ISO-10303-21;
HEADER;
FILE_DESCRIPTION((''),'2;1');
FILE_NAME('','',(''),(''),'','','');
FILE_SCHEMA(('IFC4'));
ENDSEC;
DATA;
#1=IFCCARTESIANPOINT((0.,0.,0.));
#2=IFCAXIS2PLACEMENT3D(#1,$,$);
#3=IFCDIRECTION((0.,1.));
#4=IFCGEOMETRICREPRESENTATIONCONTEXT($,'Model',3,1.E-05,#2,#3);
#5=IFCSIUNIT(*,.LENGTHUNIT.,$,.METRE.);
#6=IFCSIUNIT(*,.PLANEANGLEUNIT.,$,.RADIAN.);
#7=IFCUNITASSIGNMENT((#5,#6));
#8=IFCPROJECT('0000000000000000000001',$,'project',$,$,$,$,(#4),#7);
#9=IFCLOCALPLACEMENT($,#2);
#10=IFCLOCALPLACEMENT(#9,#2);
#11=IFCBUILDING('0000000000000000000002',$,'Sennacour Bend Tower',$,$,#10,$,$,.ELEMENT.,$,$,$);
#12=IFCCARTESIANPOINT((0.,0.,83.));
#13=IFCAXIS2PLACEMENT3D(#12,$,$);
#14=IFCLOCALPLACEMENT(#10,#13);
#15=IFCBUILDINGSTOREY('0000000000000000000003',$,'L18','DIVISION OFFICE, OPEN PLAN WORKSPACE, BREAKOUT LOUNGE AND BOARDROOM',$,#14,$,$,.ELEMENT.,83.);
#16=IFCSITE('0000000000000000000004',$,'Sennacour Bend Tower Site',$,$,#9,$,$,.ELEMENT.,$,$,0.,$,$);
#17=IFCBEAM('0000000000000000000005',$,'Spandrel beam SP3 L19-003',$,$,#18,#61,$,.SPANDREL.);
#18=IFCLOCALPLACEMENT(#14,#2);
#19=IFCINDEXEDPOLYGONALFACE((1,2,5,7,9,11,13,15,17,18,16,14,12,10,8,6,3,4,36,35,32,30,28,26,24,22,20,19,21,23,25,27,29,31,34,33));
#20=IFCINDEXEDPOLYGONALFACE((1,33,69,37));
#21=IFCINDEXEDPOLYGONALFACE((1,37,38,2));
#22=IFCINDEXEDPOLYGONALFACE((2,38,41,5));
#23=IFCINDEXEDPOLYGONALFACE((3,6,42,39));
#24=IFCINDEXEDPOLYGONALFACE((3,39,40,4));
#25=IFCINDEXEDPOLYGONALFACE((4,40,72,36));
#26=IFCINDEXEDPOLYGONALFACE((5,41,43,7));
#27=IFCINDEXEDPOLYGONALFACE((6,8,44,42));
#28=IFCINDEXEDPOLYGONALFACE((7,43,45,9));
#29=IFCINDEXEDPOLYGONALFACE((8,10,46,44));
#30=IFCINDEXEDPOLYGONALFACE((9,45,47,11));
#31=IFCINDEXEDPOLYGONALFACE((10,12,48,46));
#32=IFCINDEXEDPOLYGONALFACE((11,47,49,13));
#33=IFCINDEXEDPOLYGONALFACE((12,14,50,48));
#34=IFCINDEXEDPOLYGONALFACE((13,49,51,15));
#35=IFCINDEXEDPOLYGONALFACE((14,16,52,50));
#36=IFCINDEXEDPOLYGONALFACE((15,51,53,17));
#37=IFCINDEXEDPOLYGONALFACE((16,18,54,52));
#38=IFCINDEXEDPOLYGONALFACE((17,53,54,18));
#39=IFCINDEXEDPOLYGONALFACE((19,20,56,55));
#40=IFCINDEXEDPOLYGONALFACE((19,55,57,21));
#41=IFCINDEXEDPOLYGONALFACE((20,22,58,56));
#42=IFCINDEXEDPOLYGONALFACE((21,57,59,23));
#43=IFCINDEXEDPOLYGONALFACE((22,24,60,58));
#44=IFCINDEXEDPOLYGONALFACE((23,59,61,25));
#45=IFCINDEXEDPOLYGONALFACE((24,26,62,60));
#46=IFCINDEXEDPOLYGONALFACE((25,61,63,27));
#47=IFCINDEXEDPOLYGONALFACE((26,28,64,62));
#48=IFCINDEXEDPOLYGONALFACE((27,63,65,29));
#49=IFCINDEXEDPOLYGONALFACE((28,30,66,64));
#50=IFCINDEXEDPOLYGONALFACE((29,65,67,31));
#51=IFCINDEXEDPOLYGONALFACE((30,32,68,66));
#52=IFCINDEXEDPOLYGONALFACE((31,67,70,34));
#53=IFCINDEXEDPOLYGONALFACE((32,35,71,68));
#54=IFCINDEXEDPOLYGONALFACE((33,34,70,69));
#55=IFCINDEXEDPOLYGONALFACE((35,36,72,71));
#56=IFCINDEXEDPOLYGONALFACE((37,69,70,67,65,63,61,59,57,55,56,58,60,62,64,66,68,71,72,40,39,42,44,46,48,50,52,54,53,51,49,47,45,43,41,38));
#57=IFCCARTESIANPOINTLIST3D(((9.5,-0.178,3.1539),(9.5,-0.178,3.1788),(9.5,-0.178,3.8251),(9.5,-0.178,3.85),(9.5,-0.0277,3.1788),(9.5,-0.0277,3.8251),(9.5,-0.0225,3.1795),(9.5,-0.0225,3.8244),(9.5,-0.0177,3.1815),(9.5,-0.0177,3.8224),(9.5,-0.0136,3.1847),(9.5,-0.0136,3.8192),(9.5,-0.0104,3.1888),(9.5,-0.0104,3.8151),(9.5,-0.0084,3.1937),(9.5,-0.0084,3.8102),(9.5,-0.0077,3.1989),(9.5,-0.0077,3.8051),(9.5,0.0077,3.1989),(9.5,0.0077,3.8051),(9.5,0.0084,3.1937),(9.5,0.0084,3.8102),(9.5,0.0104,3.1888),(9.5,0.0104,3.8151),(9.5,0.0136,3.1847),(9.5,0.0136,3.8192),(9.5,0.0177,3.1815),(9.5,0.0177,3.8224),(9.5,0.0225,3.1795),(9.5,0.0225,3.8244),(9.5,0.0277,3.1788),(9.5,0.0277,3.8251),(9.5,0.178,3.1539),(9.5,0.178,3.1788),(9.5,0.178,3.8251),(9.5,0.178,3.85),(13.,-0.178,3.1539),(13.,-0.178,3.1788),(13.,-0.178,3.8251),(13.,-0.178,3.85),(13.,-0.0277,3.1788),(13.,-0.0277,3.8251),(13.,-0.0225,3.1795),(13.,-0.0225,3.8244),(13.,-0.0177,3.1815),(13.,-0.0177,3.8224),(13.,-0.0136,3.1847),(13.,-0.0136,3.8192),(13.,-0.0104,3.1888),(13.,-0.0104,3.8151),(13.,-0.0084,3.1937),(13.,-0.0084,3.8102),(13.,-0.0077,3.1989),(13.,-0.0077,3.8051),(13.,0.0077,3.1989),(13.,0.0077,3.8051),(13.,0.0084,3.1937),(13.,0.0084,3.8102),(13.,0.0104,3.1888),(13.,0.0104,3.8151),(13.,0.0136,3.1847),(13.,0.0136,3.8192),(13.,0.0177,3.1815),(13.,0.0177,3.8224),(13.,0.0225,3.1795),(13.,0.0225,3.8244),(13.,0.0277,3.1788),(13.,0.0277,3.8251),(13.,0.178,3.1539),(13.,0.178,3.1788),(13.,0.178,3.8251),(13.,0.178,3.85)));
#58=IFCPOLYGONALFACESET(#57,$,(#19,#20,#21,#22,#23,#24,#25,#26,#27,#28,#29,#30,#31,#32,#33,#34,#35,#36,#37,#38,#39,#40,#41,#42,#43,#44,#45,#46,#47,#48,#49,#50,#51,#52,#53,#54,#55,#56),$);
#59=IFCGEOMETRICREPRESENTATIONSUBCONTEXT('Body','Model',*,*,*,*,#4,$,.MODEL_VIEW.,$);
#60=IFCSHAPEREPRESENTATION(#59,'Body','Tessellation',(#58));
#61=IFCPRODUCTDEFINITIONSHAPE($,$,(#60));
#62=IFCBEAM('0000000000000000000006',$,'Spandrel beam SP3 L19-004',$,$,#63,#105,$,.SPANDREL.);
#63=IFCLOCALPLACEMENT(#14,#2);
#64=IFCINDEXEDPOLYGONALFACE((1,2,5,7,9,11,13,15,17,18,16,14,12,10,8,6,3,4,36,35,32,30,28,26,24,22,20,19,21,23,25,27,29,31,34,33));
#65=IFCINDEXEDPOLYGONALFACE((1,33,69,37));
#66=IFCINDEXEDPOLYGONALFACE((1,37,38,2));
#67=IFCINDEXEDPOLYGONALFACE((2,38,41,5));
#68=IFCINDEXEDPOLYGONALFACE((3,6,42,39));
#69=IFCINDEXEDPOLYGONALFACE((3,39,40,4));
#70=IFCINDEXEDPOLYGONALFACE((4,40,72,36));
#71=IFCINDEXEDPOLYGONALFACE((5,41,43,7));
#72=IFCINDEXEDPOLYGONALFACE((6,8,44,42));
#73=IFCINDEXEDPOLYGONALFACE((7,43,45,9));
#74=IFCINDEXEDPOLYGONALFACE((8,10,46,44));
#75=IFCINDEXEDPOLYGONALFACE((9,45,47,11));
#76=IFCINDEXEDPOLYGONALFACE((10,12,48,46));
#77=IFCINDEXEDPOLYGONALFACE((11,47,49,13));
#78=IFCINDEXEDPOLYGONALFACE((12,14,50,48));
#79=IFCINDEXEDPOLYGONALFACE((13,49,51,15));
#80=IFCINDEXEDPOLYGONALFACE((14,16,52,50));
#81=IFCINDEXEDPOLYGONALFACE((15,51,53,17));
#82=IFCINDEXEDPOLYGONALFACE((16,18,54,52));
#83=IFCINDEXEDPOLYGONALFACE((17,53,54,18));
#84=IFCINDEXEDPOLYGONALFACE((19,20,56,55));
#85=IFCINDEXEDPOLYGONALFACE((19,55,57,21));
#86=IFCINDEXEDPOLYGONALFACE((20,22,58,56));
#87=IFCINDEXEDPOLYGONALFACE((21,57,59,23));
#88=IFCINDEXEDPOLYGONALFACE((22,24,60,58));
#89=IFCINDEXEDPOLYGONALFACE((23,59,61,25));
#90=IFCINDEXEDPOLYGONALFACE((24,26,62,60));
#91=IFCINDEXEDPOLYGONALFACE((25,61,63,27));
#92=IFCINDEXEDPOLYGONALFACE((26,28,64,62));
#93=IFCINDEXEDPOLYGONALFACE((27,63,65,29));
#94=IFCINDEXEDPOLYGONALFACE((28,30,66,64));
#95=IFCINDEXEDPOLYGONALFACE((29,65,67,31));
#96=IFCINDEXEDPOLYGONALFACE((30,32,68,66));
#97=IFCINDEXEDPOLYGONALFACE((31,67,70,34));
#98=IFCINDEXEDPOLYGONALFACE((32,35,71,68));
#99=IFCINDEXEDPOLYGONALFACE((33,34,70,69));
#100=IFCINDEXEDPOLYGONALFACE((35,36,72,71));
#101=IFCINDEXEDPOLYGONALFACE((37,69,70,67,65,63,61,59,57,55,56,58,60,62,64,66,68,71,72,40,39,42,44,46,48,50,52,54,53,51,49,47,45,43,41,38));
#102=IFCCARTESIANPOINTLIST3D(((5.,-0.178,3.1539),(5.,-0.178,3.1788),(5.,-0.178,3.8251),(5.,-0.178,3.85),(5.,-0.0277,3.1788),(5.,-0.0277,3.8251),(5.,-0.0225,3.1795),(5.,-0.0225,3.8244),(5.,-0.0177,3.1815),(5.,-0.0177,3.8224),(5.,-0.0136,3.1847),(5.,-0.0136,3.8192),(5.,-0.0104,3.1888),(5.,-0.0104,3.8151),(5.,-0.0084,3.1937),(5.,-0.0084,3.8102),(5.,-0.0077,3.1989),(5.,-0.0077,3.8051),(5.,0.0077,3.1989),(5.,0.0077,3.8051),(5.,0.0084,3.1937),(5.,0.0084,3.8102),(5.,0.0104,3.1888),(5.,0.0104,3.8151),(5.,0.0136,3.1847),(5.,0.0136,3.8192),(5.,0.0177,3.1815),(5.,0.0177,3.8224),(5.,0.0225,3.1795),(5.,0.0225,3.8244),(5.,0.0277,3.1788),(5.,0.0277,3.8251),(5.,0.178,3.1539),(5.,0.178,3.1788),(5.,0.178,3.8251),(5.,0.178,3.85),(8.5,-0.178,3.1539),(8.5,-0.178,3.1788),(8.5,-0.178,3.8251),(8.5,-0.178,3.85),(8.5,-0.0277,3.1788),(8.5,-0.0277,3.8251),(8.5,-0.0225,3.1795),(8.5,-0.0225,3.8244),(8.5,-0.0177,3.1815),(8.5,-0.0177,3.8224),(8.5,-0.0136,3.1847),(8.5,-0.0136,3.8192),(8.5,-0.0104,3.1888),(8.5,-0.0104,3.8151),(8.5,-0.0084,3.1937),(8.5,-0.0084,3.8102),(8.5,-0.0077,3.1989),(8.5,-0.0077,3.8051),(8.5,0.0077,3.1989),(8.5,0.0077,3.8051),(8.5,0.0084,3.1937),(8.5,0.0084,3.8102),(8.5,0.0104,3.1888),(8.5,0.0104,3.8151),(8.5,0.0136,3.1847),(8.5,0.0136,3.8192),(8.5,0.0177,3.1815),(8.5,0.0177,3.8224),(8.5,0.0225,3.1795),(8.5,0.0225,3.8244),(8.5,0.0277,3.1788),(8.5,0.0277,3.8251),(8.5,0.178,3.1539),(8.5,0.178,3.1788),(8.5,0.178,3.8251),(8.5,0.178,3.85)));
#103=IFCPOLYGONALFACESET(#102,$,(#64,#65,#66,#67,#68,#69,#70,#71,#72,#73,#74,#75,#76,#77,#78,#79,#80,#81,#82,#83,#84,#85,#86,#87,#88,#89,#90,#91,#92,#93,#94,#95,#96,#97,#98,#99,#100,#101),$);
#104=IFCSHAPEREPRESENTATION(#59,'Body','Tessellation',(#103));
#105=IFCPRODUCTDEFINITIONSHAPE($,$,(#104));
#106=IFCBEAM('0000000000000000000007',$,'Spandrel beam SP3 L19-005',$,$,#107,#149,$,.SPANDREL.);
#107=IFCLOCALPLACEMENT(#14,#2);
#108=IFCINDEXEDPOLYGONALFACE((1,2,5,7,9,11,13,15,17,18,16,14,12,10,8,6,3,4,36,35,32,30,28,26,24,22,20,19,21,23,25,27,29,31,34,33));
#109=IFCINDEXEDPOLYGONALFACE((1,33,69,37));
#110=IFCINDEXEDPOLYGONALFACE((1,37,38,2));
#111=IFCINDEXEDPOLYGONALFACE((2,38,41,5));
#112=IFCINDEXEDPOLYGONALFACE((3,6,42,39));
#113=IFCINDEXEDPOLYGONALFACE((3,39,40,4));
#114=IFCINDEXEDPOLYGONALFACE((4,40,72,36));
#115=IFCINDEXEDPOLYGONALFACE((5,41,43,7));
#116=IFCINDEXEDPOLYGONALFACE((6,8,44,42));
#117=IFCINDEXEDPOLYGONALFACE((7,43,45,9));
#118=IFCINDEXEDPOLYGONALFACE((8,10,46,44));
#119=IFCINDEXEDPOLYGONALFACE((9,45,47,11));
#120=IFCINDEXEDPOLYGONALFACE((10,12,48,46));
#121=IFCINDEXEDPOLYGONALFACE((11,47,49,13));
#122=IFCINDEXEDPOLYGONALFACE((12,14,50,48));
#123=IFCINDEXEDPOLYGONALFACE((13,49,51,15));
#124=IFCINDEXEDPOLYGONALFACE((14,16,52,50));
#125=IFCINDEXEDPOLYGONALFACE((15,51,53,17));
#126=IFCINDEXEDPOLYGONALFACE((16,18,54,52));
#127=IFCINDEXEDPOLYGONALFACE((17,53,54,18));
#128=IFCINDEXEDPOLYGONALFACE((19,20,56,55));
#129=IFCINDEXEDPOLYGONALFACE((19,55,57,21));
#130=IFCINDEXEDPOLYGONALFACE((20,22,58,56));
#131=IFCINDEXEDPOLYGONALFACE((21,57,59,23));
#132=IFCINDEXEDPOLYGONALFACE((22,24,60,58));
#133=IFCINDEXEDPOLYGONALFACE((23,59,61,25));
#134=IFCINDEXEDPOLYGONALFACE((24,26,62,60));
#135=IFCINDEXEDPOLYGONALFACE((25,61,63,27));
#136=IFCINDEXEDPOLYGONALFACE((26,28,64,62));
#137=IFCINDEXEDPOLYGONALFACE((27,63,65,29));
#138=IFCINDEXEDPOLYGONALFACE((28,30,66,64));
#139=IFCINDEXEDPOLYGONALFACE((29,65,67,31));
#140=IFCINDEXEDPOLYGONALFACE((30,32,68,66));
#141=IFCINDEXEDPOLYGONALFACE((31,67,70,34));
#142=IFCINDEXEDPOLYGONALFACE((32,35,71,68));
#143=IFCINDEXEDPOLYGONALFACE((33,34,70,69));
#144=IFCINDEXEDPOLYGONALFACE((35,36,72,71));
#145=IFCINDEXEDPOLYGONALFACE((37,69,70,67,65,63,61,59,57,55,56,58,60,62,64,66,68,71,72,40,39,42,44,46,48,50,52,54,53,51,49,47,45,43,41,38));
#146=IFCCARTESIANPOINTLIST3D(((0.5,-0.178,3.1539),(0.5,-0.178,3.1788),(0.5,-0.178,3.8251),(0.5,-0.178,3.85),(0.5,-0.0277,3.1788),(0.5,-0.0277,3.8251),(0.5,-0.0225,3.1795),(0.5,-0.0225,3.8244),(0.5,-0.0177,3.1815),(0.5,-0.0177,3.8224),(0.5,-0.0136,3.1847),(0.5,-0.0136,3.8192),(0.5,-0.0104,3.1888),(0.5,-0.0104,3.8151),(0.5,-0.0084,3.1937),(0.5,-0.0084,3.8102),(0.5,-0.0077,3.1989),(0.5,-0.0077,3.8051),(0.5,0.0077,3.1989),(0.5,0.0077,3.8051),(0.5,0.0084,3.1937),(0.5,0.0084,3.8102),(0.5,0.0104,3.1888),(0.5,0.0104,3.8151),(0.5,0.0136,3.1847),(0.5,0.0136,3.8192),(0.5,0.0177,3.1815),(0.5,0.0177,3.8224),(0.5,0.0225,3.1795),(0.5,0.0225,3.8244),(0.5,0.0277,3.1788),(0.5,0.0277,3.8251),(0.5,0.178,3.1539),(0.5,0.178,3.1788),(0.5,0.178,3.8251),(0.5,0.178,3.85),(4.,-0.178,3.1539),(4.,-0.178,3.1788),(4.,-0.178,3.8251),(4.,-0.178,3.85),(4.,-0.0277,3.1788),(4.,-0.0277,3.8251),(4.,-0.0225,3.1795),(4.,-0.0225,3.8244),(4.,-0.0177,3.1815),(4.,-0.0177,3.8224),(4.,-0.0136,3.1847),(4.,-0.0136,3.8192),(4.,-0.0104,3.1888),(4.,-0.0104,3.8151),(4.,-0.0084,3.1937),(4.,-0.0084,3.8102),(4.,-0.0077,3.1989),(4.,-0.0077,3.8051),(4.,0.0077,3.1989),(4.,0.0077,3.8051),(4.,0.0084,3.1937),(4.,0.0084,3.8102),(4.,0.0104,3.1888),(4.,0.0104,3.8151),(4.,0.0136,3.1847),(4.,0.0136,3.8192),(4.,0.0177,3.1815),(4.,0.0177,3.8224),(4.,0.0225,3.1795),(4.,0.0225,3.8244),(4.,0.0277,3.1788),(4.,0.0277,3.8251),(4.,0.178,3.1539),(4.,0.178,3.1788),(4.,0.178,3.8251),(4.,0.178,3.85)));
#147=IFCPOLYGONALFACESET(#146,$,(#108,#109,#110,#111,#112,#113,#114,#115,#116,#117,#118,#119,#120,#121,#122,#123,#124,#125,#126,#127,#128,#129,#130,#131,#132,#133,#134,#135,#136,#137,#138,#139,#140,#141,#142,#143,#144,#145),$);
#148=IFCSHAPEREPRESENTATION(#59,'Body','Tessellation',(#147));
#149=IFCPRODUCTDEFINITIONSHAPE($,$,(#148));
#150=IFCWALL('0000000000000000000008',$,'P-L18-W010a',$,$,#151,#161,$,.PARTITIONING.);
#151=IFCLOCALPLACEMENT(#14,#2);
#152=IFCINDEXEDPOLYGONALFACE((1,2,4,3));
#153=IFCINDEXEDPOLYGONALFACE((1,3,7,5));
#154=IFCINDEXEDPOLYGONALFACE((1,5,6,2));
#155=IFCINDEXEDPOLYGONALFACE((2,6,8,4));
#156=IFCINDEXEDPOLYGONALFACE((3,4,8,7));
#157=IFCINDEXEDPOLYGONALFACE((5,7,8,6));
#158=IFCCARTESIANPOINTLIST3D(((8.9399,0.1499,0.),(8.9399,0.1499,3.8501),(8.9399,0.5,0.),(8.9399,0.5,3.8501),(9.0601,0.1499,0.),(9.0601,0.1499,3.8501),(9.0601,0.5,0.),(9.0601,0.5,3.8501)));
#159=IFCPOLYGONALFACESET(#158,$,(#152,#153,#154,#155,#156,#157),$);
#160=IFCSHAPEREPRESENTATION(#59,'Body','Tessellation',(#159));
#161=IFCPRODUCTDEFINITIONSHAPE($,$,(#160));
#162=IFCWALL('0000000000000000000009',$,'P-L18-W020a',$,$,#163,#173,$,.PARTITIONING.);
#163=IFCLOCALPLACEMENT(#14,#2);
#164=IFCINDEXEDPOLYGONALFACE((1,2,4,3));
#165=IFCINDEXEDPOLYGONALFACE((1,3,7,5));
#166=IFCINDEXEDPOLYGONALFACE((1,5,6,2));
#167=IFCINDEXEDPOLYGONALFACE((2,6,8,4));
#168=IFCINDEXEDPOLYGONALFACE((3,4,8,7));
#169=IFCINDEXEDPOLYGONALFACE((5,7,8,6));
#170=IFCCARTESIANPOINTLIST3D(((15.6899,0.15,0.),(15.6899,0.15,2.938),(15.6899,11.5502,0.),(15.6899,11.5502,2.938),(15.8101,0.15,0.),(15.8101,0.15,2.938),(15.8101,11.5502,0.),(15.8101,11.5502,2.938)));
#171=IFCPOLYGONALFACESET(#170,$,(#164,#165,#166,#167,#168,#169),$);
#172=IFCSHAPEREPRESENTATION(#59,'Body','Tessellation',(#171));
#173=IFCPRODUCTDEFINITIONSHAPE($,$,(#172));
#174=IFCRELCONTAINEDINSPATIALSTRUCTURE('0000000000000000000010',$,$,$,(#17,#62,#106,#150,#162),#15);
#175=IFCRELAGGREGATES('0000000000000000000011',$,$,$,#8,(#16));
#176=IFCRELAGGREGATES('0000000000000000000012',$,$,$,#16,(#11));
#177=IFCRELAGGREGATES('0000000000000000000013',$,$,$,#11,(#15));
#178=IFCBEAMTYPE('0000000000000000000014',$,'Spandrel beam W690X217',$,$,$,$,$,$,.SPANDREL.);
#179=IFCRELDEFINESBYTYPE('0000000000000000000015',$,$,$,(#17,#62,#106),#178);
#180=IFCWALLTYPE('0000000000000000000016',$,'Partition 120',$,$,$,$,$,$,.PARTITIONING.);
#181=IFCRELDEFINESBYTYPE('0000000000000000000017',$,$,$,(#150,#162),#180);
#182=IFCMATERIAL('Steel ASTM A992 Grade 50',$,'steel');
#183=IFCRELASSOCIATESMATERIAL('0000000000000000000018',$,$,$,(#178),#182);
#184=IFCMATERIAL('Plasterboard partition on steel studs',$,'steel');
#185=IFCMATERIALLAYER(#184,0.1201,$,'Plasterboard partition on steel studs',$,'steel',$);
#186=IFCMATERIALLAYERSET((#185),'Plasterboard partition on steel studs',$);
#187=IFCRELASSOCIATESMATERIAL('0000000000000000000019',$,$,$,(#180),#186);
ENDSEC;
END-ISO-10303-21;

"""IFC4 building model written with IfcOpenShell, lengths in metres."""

from ifc_helpers import new_model, si_unit, direction, frame, frame_2d, origin, origin_2d, place, context, subcontext, project, spatial, rectangle, i_section, extrude, material, layer, layer_set, material_profile, profile_set, type_object, element, save


model = new_model("IFC4")

# Units and contexts
model_context = context("Model", 3, precision=1e-05, world=origin(), true_north=direction((0.0, 1.0)))
body_context = subcontext(model_context, "Body", "Model", "MODEL_VIEW")
ifc_project = project(units=[si_unit("LENGTHUNIT", "METRE"), si_unit("PLANEANGLEUNIT", "RADIAN")], contexts=[model_context])

# Site, building, storey
site_placement = place(None, origin())
site = spatial("IfcSite", under=ifc_project, at=site_placement, Name="Sennacour Bend Tower Site", CompositionType="ELEMENT", RefElevation=0.0)
building_placement = place(site_placement, origin())
building = spatial("IfcBuilding", under=site, at=building_placement, Name="Sennacour Bend Tower", CompositionType="ELEMENT")
storey_placement = place(building_placement, frame((0.0, 0.0, 83.0)))
storey = spatial("IfcBuildingStorey", under=building, at=storey_placement, Name="L18", Description="DIVISION OFFICE, OPEN PLAN WORKSPACE, BREAKOUT LOUNGE AND BOARDROOM", CompositionType="ELEMENT", Elevation=83.0)

# Beams
ifc_material_1 = material(Name="Steel ASTM A992 Grade 50", Category="steel")
ifc_material_profile_1 = material_profile(ifc_material_1, i_section(OverallWidth=0.356, OverallDepth=0.696, WebThickness=0.0154, FlangeThickness=0.0249, FilletRadius=0.02, at=origin_2d()), Name="Steel ASTM A992 Grade 50", Category="steel")
ifc_profile_set_1 = profile_set([ifc_material_profile_1], Name="Steel ASTM A992 Grade 50")
beam_type_1 = type_object("IfcBeamType", Name="Spandrel beam W690X217", PredefinedType="SPANDREL", material=ifc_profile_set_1)
for number, where, z_axis, x_axis, name in (
    (1, (13.0, 0.0, 3.502), (-1.0, 0.0, 0.0), (0.0, -1.0, 0.0), "Spandrel beam SP3 L19-003"),
    (2, (8.5, 0.0, 3.502), (-1.0, 0.0, 0.0), (0.0, -1.0, 0.0), "Spandrel beam SP3 L19-004"),
    (3, (4.0, 0.0, 3.502), (-1.0, 0.0, 0.0), (0.0, -1.0, 0.0), "Spandrel beam SP3 L19-005"),
):
    element("IfcBeam", number, at=place(storey_placement, frame(where, z_axis=z_axis, x_axis=x_axis)), inside=storey, type_object=beam_type_1, Name=name, PredefinedType="SPANDREL", context=body_context, shape_type="SweptSolid", body=[
        extrude(i_section(OverallWidth=0.356, OverallDepth=0.696, WebThickness=0.0154, FlangeThickness=0.0249, FilletRadius=0.02, at=origin_2d()), origin(), (0.0, 0.0, 1.0), 3.5),
    ])

# Walls
ifc_material_2 = material(Name="Plasterboard partition on steel studs", Category="steel")
ifc_layer_1 = layer(ifc_material_2, 0.1201, Name="Plasterboard partition on steel studs", Category="steel")
ifc_layer_set_1 = layer_set([ifc_layer_1], Name="Plasterboard partition on steel studs")
wall_type_1 = type_object("IfcWallType", Name="Partition 120", PredefinedType="PARTITIONING", material=ifc_layer_set_1)
wall_1_placement = place(storey_placement, frame((9.0, 0.1499, 0.0), z_axis=(0.0, 0.0, 1.0), x_axis=(0.0, 1.0, 0.0)))
element("IfcWall", 4, at=wall_1_placement, inside=storey, type_object=wall_type_1, Name="P-L18-W010a", PredefinedType="PARTITIONING", context=body_context, shape_type="SweptSolid", body=[
    extrude(rectangle(XDim=0.3501, YDim=0.1201, at=frame_2d((0.175, 0.0))), origin(), (0.0, 0.0, 1.0), 3.8501),
])
wall_2_placement = place(storey_placement, frame((15.75, 0.1499, 0.0), z_axis=(0.0, 0.0, 1.0), x_axis=(0.0, 1.0, 0.0)))
element("IfcWall", 5, at=wall_2_placement, inside=storey, type_object=wall_type_1, Name="P-L18-W020a", PredefinedType="PARTITIONING", context=body_context, shape_type="SweptSolid", body=[
    extrude(rectangle(XDim=11.4001, YDim=0.1201, at=frame_2d((5.7002, 0.0))), origin(), (0.0, 0.0, 1.0), 2.938),
])

save(model, "model.ifc")
